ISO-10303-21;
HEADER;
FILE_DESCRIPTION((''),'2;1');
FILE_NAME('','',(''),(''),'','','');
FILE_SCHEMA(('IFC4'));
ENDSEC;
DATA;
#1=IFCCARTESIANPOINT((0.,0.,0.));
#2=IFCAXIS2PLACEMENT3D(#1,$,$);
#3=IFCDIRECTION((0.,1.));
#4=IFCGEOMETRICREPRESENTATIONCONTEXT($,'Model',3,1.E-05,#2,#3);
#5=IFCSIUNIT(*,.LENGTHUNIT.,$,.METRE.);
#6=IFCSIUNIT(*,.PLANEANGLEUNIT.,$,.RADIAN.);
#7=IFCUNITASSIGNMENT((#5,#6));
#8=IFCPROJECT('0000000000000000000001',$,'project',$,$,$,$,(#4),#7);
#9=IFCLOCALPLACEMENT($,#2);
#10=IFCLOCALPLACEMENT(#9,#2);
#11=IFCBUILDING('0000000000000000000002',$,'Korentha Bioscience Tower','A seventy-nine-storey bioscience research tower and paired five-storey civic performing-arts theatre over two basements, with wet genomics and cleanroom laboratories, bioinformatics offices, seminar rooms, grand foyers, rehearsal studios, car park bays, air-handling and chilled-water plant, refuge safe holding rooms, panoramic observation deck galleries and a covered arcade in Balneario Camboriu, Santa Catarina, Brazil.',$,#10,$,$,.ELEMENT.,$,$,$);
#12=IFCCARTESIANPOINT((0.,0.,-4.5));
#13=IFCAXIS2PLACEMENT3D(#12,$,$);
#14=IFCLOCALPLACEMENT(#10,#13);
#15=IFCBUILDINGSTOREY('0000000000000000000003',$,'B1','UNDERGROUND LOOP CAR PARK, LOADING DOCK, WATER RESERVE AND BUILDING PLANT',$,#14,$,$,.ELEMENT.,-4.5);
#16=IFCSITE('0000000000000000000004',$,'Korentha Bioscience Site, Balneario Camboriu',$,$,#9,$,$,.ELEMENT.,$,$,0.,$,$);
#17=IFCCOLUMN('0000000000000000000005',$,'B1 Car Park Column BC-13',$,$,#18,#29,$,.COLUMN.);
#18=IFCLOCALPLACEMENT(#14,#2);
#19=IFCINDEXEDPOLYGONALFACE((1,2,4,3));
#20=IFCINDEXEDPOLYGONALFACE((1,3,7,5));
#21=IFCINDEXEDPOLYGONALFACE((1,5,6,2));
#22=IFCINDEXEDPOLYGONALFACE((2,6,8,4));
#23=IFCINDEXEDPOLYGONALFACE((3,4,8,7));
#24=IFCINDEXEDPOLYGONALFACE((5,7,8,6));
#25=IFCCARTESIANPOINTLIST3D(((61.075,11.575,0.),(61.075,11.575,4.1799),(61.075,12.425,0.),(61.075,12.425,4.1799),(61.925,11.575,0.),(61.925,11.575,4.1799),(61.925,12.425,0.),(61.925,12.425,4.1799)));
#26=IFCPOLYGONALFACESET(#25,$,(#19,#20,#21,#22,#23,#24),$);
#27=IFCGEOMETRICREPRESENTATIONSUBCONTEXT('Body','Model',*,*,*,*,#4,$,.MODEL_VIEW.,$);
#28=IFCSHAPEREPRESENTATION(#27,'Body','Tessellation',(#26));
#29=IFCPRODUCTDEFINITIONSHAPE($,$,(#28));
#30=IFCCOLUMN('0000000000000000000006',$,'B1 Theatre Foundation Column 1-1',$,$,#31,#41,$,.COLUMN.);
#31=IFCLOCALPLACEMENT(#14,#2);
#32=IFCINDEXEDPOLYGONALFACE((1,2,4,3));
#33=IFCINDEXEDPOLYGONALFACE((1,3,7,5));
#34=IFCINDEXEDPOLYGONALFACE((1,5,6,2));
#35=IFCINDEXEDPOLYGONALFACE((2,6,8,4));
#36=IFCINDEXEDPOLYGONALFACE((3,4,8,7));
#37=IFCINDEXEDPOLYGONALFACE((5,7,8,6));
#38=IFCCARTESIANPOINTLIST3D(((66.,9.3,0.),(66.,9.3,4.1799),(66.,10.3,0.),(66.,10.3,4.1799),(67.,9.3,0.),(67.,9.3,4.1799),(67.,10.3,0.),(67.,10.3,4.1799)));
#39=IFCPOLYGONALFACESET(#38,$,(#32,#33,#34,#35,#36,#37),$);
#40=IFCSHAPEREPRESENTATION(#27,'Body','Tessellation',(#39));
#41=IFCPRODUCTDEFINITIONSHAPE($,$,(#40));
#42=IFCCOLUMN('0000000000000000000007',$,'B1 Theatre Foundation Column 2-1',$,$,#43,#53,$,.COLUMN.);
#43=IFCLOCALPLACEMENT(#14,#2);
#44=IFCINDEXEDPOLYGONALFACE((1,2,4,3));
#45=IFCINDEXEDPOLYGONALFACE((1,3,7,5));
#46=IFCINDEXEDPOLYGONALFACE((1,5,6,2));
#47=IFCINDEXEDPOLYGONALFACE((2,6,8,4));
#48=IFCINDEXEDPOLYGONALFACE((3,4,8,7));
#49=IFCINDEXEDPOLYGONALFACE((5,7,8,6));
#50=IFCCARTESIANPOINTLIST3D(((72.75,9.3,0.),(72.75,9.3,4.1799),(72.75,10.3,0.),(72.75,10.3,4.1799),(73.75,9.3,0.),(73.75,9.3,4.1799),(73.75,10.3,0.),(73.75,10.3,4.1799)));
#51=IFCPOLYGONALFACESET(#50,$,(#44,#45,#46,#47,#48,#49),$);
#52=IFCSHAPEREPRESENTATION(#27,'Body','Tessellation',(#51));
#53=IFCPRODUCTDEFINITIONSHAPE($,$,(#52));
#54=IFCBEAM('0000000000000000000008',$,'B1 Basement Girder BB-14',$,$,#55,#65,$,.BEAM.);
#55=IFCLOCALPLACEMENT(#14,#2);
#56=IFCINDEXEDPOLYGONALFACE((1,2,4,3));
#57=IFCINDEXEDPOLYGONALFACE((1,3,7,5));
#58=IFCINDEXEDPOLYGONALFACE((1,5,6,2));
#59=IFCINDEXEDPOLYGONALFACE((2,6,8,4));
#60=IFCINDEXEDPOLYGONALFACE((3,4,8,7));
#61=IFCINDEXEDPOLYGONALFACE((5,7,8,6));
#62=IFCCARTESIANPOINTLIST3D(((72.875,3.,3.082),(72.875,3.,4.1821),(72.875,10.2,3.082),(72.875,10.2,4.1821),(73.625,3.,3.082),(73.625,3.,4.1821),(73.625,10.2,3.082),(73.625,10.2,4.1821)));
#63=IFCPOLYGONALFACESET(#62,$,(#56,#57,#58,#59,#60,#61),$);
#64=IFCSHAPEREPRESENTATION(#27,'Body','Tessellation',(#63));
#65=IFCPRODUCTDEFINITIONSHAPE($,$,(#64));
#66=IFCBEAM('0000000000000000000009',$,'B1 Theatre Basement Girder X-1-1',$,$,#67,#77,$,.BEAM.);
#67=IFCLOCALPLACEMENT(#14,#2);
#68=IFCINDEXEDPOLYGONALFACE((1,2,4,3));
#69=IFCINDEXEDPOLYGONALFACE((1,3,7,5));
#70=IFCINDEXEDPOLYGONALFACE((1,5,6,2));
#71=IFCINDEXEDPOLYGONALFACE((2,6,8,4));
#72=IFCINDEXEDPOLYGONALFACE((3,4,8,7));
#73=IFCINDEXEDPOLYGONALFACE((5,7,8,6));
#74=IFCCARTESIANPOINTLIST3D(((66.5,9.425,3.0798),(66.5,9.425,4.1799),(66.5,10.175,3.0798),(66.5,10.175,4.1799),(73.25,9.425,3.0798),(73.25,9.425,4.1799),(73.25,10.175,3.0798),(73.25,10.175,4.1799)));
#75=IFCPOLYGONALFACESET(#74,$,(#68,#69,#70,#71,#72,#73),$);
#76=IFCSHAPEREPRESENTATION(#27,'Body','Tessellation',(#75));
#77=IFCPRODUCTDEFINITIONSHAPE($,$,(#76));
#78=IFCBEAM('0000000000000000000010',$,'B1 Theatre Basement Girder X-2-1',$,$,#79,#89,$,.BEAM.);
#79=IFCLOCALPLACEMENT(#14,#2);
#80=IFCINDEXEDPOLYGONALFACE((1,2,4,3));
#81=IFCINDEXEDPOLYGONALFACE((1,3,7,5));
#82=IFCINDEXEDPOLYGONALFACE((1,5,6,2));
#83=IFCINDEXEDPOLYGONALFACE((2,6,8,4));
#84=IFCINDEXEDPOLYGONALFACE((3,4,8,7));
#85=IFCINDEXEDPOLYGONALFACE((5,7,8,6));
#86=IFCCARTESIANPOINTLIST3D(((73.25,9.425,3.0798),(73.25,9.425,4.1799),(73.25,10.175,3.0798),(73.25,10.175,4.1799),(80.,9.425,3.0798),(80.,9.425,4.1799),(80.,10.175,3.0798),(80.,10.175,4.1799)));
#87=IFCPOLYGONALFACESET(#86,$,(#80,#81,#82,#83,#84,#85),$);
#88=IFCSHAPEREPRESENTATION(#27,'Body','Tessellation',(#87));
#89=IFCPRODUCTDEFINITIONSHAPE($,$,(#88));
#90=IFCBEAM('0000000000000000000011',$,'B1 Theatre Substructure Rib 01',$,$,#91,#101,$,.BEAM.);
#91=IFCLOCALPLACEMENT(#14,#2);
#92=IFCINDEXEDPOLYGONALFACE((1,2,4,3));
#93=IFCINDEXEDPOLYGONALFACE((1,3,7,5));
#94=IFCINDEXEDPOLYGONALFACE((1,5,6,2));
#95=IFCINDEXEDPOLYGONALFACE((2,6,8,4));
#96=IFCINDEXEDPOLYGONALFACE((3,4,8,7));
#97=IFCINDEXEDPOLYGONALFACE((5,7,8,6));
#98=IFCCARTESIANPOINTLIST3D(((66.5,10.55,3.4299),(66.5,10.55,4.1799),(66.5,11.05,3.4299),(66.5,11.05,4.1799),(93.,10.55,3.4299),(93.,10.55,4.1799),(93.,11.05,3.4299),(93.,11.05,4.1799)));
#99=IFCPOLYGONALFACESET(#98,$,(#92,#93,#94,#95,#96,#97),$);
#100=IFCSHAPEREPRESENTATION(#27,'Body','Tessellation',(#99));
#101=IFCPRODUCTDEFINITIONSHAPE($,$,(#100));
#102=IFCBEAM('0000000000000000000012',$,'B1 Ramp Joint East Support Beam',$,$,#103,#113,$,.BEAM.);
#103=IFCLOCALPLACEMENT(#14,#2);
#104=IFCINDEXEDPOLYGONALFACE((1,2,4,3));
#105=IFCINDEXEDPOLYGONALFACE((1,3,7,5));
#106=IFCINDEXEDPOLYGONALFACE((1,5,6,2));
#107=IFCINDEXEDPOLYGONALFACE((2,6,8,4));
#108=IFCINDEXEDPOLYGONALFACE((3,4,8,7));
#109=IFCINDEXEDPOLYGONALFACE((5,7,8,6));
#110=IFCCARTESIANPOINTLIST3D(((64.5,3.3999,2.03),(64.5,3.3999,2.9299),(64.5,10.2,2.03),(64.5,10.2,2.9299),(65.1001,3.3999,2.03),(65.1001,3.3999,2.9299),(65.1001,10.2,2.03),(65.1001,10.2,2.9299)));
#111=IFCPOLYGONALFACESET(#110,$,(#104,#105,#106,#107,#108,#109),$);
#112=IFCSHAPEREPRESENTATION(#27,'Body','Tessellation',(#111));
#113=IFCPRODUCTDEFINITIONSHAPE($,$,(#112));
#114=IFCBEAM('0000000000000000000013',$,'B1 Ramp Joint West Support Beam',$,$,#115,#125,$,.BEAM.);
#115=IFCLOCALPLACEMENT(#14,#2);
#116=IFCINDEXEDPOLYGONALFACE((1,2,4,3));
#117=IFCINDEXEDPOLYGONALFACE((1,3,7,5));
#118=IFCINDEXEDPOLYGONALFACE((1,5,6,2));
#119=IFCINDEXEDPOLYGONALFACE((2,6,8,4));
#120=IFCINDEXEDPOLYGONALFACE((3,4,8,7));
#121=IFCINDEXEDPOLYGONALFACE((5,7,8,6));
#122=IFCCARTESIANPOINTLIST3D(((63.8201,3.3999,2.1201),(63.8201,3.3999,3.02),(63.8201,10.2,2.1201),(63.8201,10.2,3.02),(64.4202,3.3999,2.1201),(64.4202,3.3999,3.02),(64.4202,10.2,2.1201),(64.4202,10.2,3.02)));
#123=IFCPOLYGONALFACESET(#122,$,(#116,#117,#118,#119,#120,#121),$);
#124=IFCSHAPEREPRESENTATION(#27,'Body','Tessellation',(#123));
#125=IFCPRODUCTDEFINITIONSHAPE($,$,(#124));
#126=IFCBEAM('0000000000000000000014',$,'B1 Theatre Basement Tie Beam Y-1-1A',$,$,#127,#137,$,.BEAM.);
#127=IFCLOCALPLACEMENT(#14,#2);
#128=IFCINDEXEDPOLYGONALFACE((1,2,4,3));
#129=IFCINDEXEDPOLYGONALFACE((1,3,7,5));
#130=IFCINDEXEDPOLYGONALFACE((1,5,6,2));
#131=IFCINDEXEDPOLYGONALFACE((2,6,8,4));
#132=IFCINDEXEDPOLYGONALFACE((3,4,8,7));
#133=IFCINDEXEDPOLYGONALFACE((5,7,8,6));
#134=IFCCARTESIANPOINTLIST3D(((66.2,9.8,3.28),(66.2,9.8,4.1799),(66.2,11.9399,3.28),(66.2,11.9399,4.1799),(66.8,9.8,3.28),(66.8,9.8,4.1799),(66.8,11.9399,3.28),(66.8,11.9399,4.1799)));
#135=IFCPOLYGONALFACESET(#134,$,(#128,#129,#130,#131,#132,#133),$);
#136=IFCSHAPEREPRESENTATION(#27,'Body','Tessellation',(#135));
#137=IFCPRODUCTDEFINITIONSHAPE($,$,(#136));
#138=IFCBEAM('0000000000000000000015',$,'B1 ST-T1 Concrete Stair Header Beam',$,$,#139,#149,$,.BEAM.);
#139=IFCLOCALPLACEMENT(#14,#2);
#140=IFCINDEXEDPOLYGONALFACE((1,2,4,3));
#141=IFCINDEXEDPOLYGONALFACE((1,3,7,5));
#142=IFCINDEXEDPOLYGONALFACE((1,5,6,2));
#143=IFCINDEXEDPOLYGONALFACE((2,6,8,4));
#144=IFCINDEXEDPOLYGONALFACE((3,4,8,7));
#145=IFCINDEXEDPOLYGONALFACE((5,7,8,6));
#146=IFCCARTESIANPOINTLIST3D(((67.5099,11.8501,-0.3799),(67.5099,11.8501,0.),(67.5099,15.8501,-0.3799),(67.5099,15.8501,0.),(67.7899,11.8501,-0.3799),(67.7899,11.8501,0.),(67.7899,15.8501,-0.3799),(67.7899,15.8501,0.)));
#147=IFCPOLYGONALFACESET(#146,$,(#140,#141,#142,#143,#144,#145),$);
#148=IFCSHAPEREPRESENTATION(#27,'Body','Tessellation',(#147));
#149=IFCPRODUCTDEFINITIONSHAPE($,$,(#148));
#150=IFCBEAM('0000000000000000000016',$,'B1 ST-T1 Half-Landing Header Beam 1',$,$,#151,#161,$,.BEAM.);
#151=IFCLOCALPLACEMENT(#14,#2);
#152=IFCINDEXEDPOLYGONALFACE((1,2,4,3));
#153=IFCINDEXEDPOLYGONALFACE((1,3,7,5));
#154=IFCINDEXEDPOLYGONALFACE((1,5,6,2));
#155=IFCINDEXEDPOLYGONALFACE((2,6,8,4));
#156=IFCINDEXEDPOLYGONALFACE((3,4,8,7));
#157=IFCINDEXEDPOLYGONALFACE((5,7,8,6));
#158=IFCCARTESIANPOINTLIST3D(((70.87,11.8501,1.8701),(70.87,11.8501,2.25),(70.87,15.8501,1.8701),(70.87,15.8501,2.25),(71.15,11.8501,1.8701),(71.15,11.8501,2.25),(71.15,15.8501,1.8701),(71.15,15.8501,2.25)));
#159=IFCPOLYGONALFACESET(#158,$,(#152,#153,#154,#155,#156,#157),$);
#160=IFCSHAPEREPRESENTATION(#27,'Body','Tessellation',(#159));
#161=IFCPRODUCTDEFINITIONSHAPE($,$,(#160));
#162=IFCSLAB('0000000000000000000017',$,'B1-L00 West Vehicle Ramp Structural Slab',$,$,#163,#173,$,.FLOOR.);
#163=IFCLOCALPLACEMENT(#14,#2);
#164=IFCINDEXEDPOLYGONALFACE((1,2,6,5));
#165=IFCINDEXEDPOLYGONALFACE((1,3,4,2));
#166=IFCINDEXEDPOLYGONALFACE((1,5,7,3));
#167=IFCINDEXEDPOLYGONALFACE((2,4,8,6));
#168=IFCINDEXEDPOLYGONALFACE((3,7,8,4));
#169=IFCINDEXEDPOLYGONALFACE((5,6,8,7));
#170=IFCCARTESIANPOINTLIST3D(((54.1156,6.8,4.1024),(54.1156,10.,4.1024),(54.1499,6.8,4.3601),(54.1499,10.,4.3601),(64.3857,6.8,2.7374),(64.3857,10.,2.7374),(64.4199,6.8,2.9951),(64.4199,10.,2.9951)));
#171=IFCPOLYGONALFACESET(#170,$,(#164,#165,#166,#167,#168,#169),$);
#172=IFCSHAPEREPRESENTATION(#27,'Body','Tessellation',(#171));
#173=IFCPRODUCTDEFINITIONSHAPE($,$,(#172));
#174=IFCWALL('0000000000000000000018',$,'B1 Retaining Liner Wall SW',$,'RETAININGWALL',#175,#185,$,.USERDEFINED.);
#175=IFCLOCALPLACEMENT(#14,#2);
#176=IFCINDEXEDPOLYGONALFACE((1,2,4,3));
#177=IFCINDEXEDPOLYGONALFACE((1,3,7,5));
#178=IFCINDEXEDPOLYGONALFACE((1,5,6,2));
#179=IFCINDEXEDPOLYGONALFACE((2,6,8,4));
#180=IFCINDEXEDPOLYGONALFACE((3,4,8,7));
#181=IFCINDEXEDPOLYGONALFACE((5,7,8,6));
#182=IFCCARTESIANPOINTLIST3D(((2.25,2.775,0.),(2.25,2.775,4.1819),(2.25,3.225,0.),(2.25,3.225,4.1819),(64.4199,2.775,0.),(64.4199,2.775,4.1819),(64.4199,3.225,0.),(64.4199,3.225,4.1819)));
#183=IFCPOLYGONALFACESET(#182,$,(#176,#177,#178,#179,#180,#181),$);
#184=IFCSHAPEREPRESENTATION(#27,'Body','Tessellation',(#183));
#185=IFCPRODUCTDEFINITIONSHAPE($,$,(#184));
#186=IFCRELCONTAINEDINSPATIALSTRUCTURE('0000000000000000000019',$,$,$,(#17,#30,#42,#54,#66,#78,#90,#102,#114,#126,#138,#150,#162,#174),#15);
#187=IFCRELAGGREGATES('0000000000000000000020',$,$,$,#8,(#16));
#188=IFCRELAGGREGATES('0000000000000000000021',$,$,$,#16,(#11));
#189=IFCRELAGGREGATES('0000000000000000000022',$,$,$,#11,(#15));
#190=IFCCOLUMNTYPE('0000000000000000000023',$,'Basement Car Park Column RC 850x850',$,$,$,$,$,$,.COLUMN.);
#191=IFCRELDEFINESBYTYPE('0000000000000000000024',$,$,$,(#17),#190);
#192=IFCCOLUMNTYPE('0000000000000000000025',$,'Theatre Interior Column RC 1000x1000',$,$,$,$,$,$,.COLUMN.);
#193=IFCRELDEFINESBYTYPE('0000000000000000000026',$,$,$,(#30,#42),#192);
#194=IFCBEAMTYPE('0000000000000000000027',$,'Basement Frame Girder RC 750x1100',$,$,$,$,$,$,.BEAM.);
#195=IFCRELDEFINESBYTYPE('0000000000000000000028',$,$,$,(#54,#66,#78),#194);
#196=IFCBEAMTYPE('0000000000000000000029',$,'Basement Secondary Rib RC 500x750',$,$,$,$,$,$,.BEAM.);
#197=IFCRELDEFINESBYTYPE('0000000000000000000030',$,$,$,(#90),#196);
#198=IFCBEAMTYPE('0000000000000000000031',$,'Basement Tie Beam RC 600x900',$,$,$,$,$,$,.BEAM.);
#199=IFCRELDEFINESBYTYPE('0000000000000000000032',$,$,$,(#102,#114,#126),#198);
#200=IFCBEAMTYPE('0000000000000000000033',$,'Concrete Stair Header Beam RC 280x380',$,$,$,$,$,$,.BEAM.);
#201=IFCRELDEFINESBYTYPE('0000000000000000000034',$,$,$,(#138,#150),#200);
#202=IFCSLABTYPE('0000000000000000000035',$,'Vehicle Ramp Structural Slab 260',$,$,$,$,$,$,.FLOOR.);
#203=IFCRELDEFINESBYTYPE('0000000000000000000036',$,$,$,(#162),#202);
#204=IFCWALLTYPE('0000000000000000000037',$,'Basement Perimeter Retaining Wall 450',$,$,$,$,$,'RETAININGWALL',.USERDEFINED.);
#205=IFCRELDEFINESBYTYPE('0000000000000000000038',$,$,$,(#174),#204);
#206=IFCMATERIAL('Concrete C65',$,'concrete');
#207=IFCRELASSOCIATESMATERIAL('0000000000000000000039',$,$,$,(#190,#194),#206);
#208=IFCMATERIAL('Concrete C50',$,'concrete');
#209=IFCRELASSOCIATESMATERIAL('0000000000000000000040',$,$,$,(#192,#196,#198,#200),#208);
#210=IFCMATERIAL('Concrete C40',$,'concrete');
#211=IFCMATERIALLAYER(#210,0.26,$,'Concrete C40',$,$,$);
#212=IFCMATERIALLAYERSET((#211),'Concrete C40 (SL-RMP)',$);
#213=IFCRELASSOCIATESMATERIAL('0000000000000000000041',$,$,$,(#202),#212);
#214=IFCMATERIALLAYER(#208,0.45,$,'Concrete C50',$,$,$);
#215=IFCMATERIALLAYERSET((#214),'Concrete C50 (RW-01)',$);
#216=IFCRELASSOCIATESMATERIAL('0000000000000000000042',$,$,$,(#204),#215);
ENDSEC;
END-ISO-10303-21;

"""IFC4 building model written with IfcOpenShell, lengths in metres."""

from ifc_helpers import new_model, si_unit, direction, frame, frame_2d, origin, origin_2d, place, context, subcontext, project, spatial, polyline, rectangle, outline, extrude, material, layer, layer_set, material_profile, profile_set, type_object, element, save


model = new_model("IFC4")

# Units and contexts
model_context = context("Model", 3, precision=1e-05, world=origin(), true_north=direction((0.0, 1.0)))
body_context = subcontext(model_context, "Body", "Model", "MODEL_VIEW")
ifc_project = project(units=[si_unit("LENGTHUNIT", "METRE"), si_unit("PLANEANGLEUNIT", "RADIAN")], contexts=[model_context])

# Site, building, storey
site_placement = place(None, origin())
site = spatial("IfcSite", under=ifc_project, at=site_placement, Name="Korentha Bioscience Site, Balneario Camboriu", CompositionType="ELEMENT", RefElevation=0.0)
building_placement = place(site_placement, origin())
building = spatial("IfcBuilding", under=site, at=building_placement, Name="Korentha Bioscience Tower", Description="A seventy-nine-storey bioscience research tower and paired five-storey civic performing-arts theatre over two basements, with wet genomics and cleanroom laboratories, bioinformatics offices, seminar rooms, grand foyers, rehearsal studios, car park bays, air-handling and chilled-water plant, refuge safe holding rooms, panoramic observation deck galleries and a covered arcade in Balneario Camboriu, Santa Catarina, Brazil.", CompositionType="ELEMENT")
storey_placement = place(building_placement, frame((0.0, 0.0, -4.5)))
storey = spatial("IfcBuildingStorey", under=building, at=storey_placement, Name="B1", Description="UNDERGROUND LOOP CAR PARK, LOADING DOCK, WATER RESERVE AND BUILDING PLANT", CompositionType="ELEMENT", Elevation=-4.5)

# Columns
ifc_material_1 = material(Name="Concrete C65", Category="concrete")
ifc_material_profile_1 = material_profile(ifc_material_1, rectangle(XDim=0.8501, YDim=0.8501, at=origin_2d()), Name="Concrete C65")
ifc_profile_set_1 = profile_set([ifc_material_profile_1], Name="Concrete C65 (BC-01)")
column_type_1 = type_object("IfcColumnType", Name="Basement Car Park Column RC 850x850", PredefinedType="COLUMN", material=ifc_profile_set_1)
column_placement = place(storey_placement, frame((61.5, 12.0, 0.0), z_axis=(0.0, 0.0, 1.0), x_axis=(1.0, 0.0, 0.0)))
element("IfcColumn", 1, at=column_placement, inside=storey, type_object=column_type_1, Name="B1 Car Park Column BC-13", PredefinedType="COLUMN", context=body_context, shape_type="SweptSolid", body=[
    extrude(rectangle(XDim=0.8501, YDim=0.8501, at=origin_2d()), origin(), (0.0, 0.0, 1.0), 4.1799),
])
ifc_material_2 = material(Name="Concrete C50", Category="concrete")
ifc_material_profile_2 = material_profile(ifc_material_2, rectangle(XDim=1.0, YDim=1.0, at=origin_2d()), Name="Concrete C50")
ifc_profile_set_2 = profile_set([ifc_material_profile_2], Name="Concrete C50 (TC-I01)")
column_type_2 = type_object("IfcColumnType", Name="Theatre Interior Column RC 1000x1000", PredefinedType="COLUMN", material=ifc_profile_set_2)
for number, where, z_axis, x_axis, name in (
    (2, (66.5, 9.8, 0.0), (0.0, 0.0, 1.0), (1.0, 0.0, 0.0), "B1 Theatre Foundation Column 1-1"),
    (3, (73.25, 9.8, 0.0), (0.0, 0.0, 1.0), (1.0, 0.0, 0.0), "B1 Theatre Foundation Column 2-1"),
):
    element("IfcColumn", number, at=place(storey_placement, frame(where, z_axis=z_axis, x_axis=x_axis)), inside=storey, type_object=column_type_2, Name=name, PredefinedType="COLUMN", context=body_context, shape_type="SweptSolid", body=[
        extrude(rectangle(XDim=1.0, YDim=1.0, at=origin_2d()), origin(), (0.0, 0.0, 1.0), 4.1799),
    ])

# Beams
ifc_material_profile_3 = material_profile(ifc_material_1, rectangle(XDim=0.75, YDim=1.1001, at=origin_2d()), Name="Concrete C65")
ifc_profile_set_3 = profile_set([ifc_material_profile_3], Name="Concrete C65 (BB-750)")
beam_type_1 = type_object("IfcBeamType", Name="Basement Frame Girder RC 750x1100", PredefinedType="BEAM", material=ifc_profile_set_3)
beam_1_placement = place(storey_placement, frame((73.25, 3.0, 3.6321), z_axis=(0.0, 1.0, 0.0), x_axis=(-1.0, 0.0, 0.0)))
element("IfcBeam", 4, at=beam_1_placement, inside=storey, type_object=beam_type_1, Name="B1 Basement Girder BB-14", PredefinedType="BEAM", context=body_context, shape_type="SweptSolid", body=[
    extrude(rectangle(XDim=0.75, YDim=1.1001, at=origin_2d()), origin(), (0.0, 0.0, 1.0), 7.2),
])
for number, where, z_axis, x_axis, name in (
    (5, (66.5, 9.8, 3.6299), (1.0, 0.0, 0.0), (0.0, 1.0, 0.0), "B1 Theatre Basement Girder X-1-1"),
    (6, (73.25, 9.8, 3.6299), (1.0, 0.0, 0.0), (0.0, 1.0, 0.0), "B1 Theatre Basement Girder X-2-1"),
):
    element("IfcBeam", number, at=place(storey_placement, frame(where, z_axis=z_axis, x_axis=x_axis)), inside=storey, type_object=beam_type_1, Name=name, PredefinedType="BEAM", context=body_context, shape_type="SweptSolid", body=[
        extrude(rectangle(XDim=0.75, YDim=1.1001, at=origin_2d()), origin(), (0.0, 0.0, 1.0), 6.75),
    ])
ifc_material_profile_4 = material_profile(ifc_material_2, rectangle(XDim=0.5, YDim=0.75, at=origin_2d()), Name="Concrete C50")
ifc_profile_set_4 = profile_set([ifc_material_profile_4], Name="Concrete C50 (BB-500)")
beam_type_2 = type_object("IfcBeamType", Name="Basement Secondary Rib RC 500x750", PredefinedType="BEAM", material=ifc_profile_set_4)
beam_2_placement = place(storey_placement, frame((66.5, 10.8, 3.8049), z_axis=(1.0, 0.0, 0.0), x_axis=(0.0, 1.0, 0.0)))
element("IfcBeam", 7, at=beam_2_placement, inside=storey, type_object=beam_type_2, Name="B1 Theatre Substructure Rib 01", PredefinedType="BEAM", context=body_context, shape_type="SweptSolid", body=[
    extrude(rectangle(XDim=0.5, YDim=0.75, at=origin_2d()), origin(), (0.0, 0.0, 1.0), 26.5),
])
ifc_material_profile_5 = material_profile(ifc_material_2, rectangle(XDim=0.6001, YDim=0.8999, at=origin_2d()), Name="Concrete C50")
ifc_profile_set_5 = profile_set([ifc_material_profile_5], Name="Concrete C50 (BB-600)")
beam_type_3 = type_object("IfcBeamType", Name="Basement Tie Beam RC 600x900", PredefinedType="BEAM", material=ifc_profile_set_5)
for number, where, z_axis, x_axis, name in (
    (8, (64.8, 3.3999, 2.48), (0.0, 1.0, 0.0), (-1.0, 0.0, 0.0), "B1 Ramp Joint East Support Beam"),
    (9, (64.1201, 3.3999, 2.5701), (0.0, 1.0, 0.0), (-1.0, 0.0, 0.0), "B1 Ramp Joint West Support Beam"),
):
    element("IfcBeam", number, at=place(storey_placement, frame(where, z_axis=z_axis, x_axis=x_axis)), inside=storey, type_object=beam_type_3, Name=name, PredefinedType="BEAM", context=body_context, shape_type="SweptSolid", body=[
        extrude(rectangle(XDim=0.6001, YDim=0.8999, at=origin_2d()), origin(), (0.0, 0.0, 1.0), 6.8),
    ])
beam_3_placement = place(storey_placement, frame((66.5, 9.8, 3.73), z_axis=(0.0, 1.0, 0.0), x_axis=(-1.0, 0.0, 0.0)))
element("IfcBeam", 10, at=beam_3_placement, inside=storey, type_object=beam_type_3, Name="B1 Theatre Basement Tie Beam Y-1-1A", PredefinedType="BEAM", context=body_context, shape_type="SweptSolid", body=[
    extrude(rectangle(XDim=0.6001, YDim=0.8999, at=origin_2d()), origin(), (0.0, 0.0, 1.0), 2.1399),
])
ifc_material_profile_6 = material_profile(ifc_material_2, rectangle(XDim=0.28, YDim=0.3799, at=origin_2d()), Name="Concrete C50")
ifc_profile_set_6 = profile_set([ifc_material_profile_6], Name="Concrete C50 (ST-HB380)")
beam_type_4 = type_object("IfcBeamType", Name="Concrete Stair Header Beam RC 280x380", PredefinedType="BEAM", material=ifc_profile_set_6)
for number, where, z_axis, x_axis, name in (
    (11, (67.6499, 11.8501, -0.1899), (0.0, 1.0, 0.0), (-1.0, 0.0, 0.0), "B1 ST-T1 Concrete Stair Header Beam"),
    (12, (71.01, 11.8501, 2.0601), (0.0, 1.0, 0.0), (-1.0, 0.0, 0.0), "B1 ST-T1 Half-Landing Header Beam 1"),
):
    element("IfcBeam", number, at=place(storey_placement, frame(where, z_axis=z_axis, x_axis=x_axis)), inside=storey, type_object=beam_type_4, Name=name, PredefinedType="BEAM", context=body_context, shape_type="SweptSolid", body=[
        extrude(rectangle(XDim=0.28, YDim=0.3799, at=origin_2d()), origin(), (0.0, 0.0, 1.0), 4.0),
    ])

# Slab
ifc_material_3 = material(Name="Concrete C40", Category="concrete")
ifc_layer_1 = layer(ifc_material_3, 0.26, Name="Concrete C40")
ifc_layer_set_1 = layer_set([ifc_layer_1], Name="Concrete C40 (SL-RMP)")
slab_type = type_object("IfcSlabType", Name="Vehicle Ramp Structural Slab 260", PredefinedType="FLOOR", material=ifc_layer_set_1)
slab_placement = place(storey_placement, frame((64.4199, 6.8, 2.9951), z_axis=(0.131752, 0.0, 0.991283), x_axis=(-0.991283, 0.0, 0.131752)))
element("IfcSlab", 13, at=slab_placement, inside=storey, type_object=slab_type, Name="B1-L00 West Vehicle Ramp Structural Slab", PredefinedType="FLOOR", context=body_context, shape_type="SweptSolid", body=[
    extrude(outline(polyline([(0.0, 0.0), (10.3604, 0.0), (10.3604, -3.2), (0.0, -3.2), (0.0, 0.0)])), origin(), (0.0, 0.0, -1.0), 0.26),
])

# Wall
ifc_layer_2 = layer(ifc_material_2, 0.45, Name="Concrete C50")
ifc_layer_set_2 = layer_set([ifc_layer_2], Name="Concrete C50 (RW-01)")
wall_type_1 = type_object("IfcWallType", Name="Basement Perimeter Retaining Wall 450", ElementType="RETAININGWALL", PredefinedType="USERDEFINED", material=ifc_layer_set_2)
wall_1_placement = place(storey_placement, frame((64.4199, 3.0, 0.0), z_axis=(0.0, 0.0, 1.0), x_axis=(-1.0, 0.0, 0.0)))
element("IfcWall", 14, at=wall_1_placement, inside=storey, type_object=wall_type_1, Name="B1 Retaining Liner Wall SW", ObjectType="RETAININGWALL", PredefinedType="USERDEFINED", context=body_context, shape_type="SweptSolid", body=[
    extrude(rectangle(XDim=62.1699, YDim=0.45, at=frame_2d((31.085, 0.0))), origin(), (0.0, 0.0, 1.0), 4.1819),
])

save(model, "model.ifc")
